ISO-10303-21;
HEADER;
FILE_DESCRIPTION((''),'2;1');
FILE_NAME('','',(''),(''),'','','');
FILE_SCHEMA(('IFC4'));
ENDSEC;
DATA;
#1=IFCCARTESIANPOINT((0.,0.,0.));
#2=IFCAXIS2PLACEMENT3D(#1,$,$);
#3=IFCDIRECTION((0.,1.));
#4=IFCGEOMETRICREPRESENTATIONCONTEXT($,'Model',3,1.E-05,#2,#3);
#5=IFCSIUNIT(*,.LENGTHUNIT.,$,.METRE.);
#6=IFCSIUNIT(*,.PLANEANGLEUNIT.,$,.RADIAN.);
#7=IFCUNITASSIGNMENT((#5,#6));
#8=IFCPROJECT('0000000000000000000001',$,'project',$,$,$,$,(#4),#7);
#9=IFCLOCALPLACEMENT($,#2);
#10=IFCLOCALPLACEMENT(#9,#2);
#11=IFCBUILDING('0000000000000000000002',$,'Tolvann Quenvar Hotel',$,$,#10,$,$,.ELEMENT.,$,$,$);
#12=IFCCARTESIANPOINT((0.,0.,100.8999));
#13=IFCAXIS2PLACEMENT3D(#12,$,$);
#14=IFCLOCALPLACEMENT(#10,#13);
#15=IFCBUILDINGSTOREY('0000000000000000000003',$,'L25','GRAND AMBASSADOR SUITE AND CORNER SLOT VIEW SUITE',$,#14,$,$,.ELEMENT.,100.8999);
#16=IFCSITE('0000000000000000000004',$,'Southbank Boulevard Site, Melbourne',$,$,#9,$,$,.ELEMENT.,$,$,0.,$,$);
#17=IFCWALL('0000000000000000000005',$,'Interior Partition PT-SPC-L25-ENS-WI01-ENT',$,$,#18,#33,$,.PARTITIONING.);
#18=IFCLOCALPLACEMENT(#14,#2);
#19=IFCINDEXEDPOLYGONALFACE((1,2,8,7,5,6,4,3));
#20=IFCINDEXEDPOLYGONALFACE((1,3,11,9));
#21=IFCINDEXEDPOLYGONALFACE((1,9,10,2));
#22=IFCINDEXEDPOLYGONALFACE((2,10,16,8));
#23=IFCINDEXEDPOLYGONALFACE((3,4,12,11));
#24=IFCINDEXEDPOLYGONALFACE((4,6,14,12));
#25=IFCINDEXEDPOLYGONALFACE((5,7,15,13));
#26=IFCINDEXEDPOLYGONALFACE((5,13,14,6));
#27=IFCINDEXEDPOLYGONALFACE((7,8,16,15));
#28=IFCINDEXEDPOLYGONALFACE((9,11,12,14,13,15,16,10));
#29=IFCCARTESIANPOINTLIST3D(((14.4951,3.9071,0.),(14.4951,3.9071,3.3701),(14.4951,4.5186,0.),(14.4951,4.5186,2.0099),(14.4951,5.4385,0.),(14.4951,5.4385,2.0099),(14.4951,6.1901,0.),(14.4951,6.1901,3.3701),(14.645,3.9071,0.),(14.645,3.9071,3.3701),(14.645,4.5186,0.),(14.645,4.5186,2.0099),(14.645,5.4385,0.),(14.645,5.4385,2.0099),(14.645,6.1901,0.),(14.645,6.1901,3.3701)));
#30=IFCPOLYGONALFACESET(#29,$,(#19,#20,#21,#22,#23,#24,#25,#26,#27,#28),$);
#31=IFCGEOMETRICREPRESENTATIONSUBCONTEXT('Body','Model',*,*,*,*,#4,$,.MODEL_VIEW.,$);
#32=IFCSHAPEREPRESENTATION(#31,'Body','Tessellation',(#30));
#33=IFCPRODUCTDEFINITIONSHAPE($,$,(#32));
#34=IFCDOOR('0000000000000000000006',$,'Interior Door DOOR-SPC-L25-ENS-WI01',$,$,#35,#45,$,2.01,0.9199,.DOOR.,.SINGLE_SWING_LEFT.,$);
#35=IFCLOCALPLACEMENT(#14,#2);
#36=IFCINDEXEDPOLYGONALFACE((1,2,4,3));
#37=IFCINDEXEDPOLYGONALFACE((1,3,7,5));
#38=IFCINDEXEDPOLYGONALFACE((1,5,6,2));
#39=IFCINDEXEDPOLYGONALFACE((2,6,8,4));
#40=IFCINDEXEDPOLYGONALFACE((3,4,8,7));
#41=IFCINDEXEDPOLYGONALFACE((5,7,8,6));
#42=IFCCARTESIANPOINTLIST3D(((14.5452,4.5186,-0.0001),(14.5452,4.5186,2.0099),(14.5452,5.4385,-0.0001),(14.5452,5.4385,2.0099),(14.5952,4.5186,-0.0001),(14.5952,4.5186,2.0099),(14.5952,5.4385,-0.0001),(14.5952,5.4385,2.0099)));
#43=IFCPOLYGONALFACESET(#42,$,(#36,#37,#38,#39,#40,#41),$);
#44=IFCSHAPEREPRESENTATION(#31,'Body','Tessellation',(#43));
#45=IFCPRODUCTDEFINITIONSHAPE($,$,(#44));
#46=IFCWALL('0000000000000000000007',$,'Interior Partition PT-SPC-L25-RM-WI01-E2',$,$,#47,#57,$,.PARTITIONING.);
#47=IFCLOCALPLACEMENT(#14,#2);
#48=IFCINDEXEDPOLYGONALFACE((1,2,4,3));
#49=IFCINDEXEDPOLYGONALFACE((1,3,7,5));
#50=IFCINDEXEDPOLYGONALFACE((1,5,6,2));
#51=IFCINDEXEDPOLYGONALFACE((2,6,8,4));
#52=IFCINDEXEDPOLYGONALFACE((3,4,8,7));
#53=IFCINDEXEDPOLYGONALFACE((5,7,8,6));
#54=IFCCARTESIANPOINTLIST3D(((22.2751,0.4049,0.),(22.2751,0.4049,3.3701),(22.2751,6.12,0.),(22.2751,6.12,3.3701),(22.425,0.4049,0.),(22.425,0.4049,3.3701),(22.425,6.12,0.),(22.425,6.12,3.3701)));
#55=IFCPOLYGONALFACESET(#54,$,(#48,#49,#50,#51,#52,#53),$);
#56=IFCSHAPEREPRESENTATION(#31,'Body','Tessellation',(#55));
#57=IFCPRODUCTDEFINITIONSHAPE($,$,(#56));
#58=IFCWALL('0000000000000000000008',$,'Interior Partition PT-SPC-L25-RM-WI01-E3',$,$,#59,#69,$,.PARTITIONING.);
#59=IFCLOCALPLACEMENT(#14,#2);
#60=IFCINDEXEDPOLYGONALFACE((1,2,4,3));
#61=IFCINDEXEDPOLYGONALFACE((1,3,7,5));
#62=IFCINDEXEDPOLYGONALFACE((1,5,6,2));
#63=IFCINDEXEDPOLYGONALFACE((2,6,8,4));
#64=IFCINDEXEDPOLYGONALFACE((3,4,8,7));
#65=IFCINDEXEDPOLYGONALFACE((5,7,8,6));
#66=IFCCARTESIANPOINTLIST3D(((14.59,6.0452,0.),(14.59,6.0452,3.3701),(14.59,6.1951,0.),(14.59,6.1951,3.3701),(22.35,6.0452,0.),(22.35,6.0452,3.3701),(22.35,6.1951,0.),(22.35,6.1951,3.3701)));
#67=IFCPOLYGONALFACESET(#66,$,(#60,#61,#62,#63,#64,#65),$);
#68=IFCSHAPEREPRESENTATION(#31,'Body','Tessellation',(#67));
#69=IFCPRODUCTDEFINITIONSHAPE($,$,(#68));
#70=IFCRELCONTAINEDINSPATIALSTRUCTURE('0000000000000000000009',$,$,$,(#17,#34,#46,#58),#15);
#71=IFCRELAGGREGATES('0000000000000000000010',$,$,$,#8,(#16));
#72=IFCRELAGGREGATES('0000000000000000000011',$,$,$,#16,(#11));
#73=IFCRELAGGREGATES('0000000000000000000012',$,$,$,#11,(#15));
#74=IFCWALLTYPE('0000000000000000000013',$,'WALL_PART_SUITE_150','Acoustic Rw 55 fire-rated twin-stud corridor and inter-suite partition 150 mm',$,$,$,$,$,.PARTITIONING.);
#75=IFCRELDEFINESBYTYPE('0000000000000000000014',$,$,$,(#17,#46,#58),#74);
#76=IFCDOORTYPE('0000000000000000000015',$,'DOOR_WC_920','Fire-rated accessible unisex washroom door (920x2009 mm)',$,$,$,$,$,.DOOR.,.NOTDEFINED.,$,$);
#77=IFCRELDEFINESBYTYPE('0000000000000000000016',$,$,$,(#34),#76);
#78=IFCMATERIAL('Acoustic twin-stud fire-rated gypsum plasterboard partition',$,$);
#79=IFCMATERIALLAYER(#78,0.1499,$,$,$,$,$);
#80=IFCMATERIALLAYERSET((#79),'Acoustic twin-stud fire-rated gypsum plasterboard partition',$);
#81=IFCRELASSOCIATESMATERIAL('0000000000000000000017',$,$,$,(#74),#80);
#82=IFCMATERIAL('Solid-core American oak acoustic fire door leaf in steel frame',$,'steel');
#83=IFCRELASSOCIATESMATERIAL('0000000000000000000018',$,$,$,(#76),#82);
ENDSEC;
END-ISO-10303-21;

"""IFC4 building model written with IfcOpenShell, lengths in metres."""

from ifc_helpers import new_model, si_unit, direction, frame, frame_2d, origin, place, context, subcontext, project, spatial, rectangle, extrude, source, transform, mapped, material, layer, layer_set, type_object, type_shapes, element, fill, save


model = new_model("IFC4")

# Units and contexts
model_context = context("Model", 3, precision=1e-05, world=origin(), true_north=direction((0.0, 1.0)))
body_context = subcontext(model_context, "Body", "Model", "MODEL_VIEW")
ifc_project = project(units=[si_unit("LENGTHUNIT", "METRE"), si_unit("PLANEANGLEUNIT", "RADIAN")], contexts=[model_context])

# Site, building, storey
site_placement = place(None, origin())
site = spatial("IfcSite", under=ifc_project, at=site_placement, Name="Southbank Boulevard Site, Melbourne", CompositionType="ELEMENT", RefElevation=0.0)
building_placement = place(site_placement, origin())
building = spatial("IfcBuilding", under=site, at=building_placement, Name="Tolvann Quenvar Hotel", CompositionType="ELEMENT")
storey_placement = place(building_placement, frame((0.0, 0.0, 100.8999)))
storey = spatial("IfcBuildingStorey", under=building, at=storey_placement, Name="L25", Description="GRAND AMBASSADOR SUITE AND CORNER SLOT VIEW SUITE", CompositionType="ELEMENT", Elevation=100.8999)

# Wall, opening, door
ifc_material_1 = material(Name="Acoustic twin-stud fire-rated gypsum plasterboard partition")
ifc_layer_1 = layer(ifc_material_1, 0.1499)
ifc_layer_set_1 = layer_set([ifc_layer_1], Name="Acoustic twin-stud fire-rated gypsum plasterboard partition")
wall_type_1 = type_object("IfcWallType", Name="WALL_PART_SUITE_150", Description="Acoustic Rw 55 fire-rated twin-stud corridor and inter-suite partition 150 mm", PredefinedType="PARTITIONING", material=ifc_layer_set_1)
wall_1_placement = place(storey_placement, frame((14.5701, 3.907, 0.0), z_axis=(0.0, 0.0, 1.0), x_axis=(0.0, 1.0, 0.0)))
wall_1 = element("IfcWall", 1, at=wall_1_placement, inside=storey, type_object=wall_type_1, Name="Interior Partition PT-SPC-L25-ENS-WI01-ENT", PredefinedType="PARTITIONING", context=body_context, shape_type="SweptSolid", body=[
    extrude(rectangle(XDim=2.283, YDim=0.1499, at=frame_2d((1.1416, 0.0))), origin(), (0.0, 0.0, 1.0), 3.3701),
])
opening_1_placement = place(wall_1_placement, frame((0.6116, 0.0, 0.0)))
opening_1 = element("IfcOpeningElement", 2, at=opening_1_placement, cuts=wall_1, PredefinedType="OPENING", context=body_context, shape_type="SweptSolid", body=[
    extrude(rectangle(XDim=0.9199, YDim=2.01, at=frame_2d((0.46, 1.0049))), frame((0.0, 0.085, 0.0), z_axis=(0.0, -1.0, 0.0), x_axis=(1.0, 0.0, 0.0)), (0.0, 0.0, 1.0), 0.1699),
])
ifc_material_2 = material(Name="Solid-core American oak acoustic fire door leaf in steel frame", Category="steel")
door_type_1 = type_object("IfcDoorType", Name="DOOR_WC_920", Description="Fire-rated accessible unisex washroom door (920x2009 mm)", OperationType="NOTDEFINED", PredefinedType="DOOR", material=ifc_material_2)
shared_shape_1 = source(origin(), body_context, "Body", "SweptSolid", [
    extrude(rectangle(XDim=0.9199, YDim=2.01, at=frame_2d((0.46, 1.0049))), frame((0.0, 0.0249, 0.0), z_axis=(0.0, -1.0, 0.0), x_axis=(1.0, 0.0, 0.0)), (0.0, 0.0, 1.0), 0.05),
])
type_shapes(door_type_1, [shared_shape_1])
door_1_placement = place(opening_1_placement, origin())
door_1 = element("IfcDoor", 3, at=door_1_placement, inside=storey, type_object=door_type_1, Name="Interior Door DOOR-SPC-L25-ENS-WI01", OperationType="SINGLE_SWING_LEFT", OverallHeight=2.01, OverallWidth=0.9199, PredefinedType="DOOR", context=body_context, shape_type="MappedRepresentation", body=[
    mapped(shared_shape_1, transform((0.0, 0.0, 0.0), x_axis=(1.0, 0.0, 0.0), y_axis=(0.0, 1.0, 0.0), z_axis=(0.0, 0.0, 1.0), scale=1.0)),
])
fill(opening_1, door_1)

# Walls
wall_2_placement = place(storey_placement, frame((22.3501, 0.405, 0.0), z_axis=(0.0, 0.0, 1.0), x_axis=(0.0, 1.0, 0.0)))
element("IfcWall", 4, at=wall_2_placement, inside=storey, type_object=wall_type_1, Name="Interior Partition PT-SPC-L25-RM-WI01-E2", PredefinedType="PARTITIONING", context=body_context, shape_type="SweptSolid", body=[
    extrude(rectangle(XDim=5.7151, YDim=0.1499, at=frame_2d((2.8574, 0.0))), origin(), (0.0, 0.0, 1.0), 3.3701),
])
wall_3_placement = place(storey_placement, frame((14.5901, 6.1201, 0.0), z_axis=(0.0, 0.0, 1.0), x_axis=(1.0, 0.0, 0.0)))
element("IfcWall", 5, at=wall_3_placement, inside=storey, type_object=wall_type_1, Name="Interior Partition PT-SPC-L25-RM-WI01-E3", PredefinedType="PARTITIONING", context=body_context, shape_type="SweptSolid", body=[
    extrude(rectangle(XDim=7.76, YDim=0.1499, at=frame_2d((3.8799, 0.0))), origin(), (0.0, 0.0, 1.0), 3.3701),
])

save(model, "model.ifc")
